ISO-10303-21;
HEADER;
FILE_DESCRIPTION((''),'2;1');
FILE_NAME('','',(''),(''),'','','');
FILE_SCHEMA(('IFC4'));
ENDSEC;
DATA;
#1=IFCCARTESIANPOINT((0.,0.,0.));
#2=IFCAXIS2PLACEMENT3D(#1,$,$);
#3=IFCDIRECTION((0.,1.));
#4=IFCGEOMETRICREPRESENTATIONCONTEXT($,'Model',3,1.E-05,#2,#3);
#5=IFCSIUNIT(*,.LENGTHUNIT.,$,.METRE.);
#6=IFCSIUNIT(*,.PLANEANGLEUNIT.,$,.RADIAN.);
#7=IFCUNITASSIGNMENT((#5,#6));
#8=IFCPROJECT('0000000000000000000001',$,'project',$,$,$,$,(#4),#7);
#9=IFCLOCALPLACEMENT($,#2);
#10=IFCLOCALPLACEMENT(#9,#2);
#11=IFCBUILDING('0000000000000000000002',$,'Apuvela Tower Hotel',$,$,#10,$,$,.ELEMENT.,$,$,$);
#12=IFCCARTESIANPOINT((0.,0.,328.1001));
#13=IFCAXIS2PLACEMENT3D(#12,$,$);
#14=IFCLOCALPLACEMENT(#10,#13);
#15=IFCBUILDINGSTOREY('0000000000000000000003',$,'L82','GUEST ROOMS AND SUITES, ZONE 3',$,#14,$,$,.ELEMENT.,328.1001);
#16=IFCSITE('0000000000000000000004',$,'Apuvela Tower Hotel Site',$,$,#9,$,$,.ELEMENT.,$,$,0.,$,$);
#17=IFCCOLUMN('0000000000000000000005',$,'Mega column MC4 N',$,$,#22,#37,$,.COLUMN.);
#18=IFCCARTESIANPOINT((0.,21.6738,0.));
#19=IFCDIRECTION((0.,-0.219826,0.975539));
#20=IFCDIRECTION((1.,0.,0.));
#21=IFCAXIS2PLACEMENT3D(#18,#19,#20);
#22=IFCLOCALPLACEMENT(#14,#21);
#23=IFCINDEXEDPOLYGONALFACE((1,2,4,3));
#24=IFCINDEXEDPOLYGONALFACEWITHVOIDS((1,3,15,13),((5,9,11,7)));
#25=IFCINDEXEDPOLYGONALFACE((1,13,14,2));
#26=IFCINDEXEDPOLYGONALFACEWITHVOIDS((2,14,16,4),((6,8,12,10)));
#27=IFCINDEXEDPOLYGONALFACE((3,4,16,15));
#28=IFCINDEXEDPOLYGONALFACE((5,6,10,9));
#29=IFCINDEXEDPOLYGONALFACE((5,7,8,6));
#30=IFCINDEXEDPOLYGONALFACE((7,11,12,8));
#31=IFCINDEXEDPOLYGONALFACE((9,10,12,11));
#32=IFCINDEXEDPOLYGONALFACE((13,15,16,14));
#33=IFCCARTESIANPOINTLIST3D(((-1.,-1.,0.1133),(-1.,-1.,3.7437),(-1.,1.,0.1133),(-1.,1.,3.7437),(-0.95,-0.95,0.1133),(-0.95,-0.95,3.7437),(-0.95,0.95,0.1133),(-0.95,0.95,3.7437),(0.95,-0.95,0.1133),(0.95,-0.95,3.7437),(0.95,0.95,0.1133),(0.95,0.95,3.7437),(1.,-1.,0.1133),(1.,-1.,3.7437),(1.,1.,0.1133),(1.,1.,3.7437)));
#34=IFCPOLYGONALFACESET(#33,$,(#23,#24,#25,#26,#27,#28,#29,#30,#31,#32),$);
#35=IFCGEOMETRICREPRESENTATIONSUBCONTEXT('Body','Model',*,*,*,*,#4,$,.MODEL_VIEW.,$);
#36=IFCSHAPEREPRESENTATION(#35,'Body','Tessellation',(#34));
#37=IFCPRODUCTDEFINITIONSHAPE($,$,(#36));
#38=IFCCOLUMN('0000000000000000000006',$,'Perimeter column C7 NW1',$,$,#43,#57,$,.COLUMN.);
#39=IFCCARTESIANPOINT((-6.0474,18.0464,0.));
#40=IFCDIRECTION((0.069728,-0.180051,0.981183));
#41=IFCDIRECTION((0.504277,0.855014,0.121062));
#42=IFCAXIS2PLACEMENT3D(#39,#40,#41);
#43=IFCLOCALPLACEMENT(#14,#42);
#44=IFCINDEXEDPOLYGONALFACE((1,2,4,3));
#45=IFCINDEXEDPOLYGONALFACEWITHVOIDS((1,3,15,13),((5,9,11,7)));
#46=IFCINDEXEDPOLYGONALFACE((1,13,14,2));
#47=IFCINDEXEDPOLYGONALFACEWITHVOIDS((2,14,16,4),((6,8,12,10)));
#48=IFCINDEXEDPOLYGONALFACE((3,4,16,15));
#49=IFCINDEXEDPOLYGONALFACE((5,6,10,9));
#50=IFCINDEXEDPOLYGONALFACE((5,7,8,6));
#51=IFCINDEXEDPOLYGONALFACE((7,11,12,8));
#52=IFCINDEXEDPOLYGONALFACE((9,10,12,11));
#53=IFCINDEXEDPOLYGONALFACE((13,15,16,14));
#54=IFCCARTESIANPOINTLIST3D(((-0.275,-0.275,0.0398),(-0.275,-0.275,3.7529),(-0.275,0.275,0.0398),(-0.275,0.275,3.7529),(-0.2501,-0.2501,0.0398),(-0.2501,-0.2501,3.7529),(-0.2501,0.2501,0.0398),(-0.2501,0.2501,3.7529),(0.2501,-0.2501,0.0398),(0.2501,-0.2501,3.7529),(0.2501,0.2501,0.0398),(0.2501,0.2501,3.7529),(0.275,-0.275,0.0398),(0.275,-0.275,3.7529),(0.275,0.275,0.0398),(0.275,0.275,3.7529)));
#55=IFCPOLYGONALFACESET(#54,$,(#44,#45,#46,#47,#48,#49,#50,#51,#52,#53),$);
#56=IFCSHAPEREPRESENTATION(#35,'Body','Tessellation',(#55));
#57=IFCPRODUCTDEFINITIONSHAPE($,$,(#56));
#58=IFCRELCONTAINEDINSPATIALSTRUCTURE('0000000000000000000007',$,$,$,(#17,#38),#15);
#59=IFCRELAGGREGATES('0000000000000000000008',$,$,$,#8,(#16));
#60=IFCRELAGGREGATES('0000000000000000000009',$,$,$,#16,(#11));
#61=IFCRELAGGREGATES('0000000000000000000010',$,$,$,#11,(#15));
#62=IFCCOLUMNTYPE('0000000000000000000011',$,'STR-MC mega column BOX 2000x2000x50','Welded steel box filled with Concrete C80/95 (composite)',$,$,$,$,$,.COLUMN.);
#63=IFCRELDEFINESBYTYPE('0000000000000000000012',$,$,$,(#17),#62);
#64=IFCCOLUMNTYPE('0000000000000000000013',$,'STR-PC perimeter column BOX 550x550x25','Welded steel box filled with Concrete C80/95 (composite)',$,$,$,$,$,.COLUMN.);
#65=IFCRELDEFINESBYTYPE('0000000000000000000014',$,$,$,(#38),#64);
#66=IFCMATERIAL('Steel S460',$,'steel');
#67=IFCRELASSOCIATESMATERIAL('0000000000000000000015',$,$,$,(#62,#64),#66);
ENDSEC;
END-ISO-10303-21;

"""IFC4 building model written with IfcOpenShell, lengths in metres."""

from ifc_helpers import new_model, si_unit, direction, frame, origin, origin_2d, place, context, subcontext, project, spatial, rectangle, hollow_rectangle, extrude, boolean, halfspace, material, material_profile, profile_set, type_object, element, save


model = new_model("IFC4")

# Units and contexts
model_context = context("Model", 3, precision=1e-05, world=origin(), true_north=direction((0.0, 1.0)))
body_context = subcontext(model_context, "Body", "Model", "MODEL_VIEW")
ifc_project = project(units=[si_unit("LENGTHUNIT", "METRE"), si_unit("PLANEANGLEUNIT", "RADIAN")], contexts=[model_context])

# Site, building, storey
site_placement = place(None, origin())
site = spatial("IfcSite", under=ifc_project, at=site_placement, Name="Apuvela Tower Hotel Site", CompositionType="ELEMENT", RefElevation=0.0)
building_placement = place(site_placement, origin())
building = spatial("IfcBuilding", under=site, at=building_placement, Name="Apuvela Tower Hotel", CompositionType="ELEMENT")
storey_placement = place(building_placement, frame((0.0, 0.0, 328.1001)))
storey = spatial("IfcBuildingStorey", under=building, at=storey_placement, Name="L82", Description="GUEST ROOMS AND SUITES, ZONE 3", CompositionType="ELEMENT", Elevation=328.1001)

# Columns
ifc_material_1 = material(Name="Steel S460", Category="steel")
ifc_material_profile_1 = material_profile(ifc_material_1, hollow_rectangle(XDim=2.0, YDim=2.0, WallThickness=0.05, at=origin_2d()), Name="BOX 2000x2000x50")
ifc_material_2 = material(Name="Concrete C80/95", Category="concrete")
ifc_material_profile_2 = material_profile(ifc_material_2, rectangle(XDim=1.8999, YDim=1.8999, at=origin_2d()), Name="Concrete C80/95 infill")
ifc_profile_set_1 = profile_set([ifc_material_profile_1, ifc_material_profile_2], Name="Steel S460")
column_type_1 = type_object("IfcColumnType", Name="STR-MC mega column BOX 2000x2000x50", Description="Welded steel box filled with Concrete C80/95 (composite)", PredefinedType="COLUMN", material=ifc_profile_set_1)
column_1_placement = place(storey_placement, frame((0.0, 21.6738, 0.0), z_axis=(0.0, -0.219826, 0.975539), x_axis=(1.0, 0.0, 0.0)))
element("IfcColumn", 1, at=column_1_placement, inside=storey, type_object=column_type_1, Name="Mega column MC4 N", PredefinedType="COLUMN", context=body_context, shape_type="SweptSolid", body=[
    boolean("DIFFERENCE", boolean("DIFFERENCE", extrude(hollow_rectangle(XDim=2.0, YDim=2.0, WallThickness=0.05, at=origin_2d()), origin(), (0.0, 0.0, 1.0), 3.7927), halfspace(frame((0.0, 0.0, 0.1133), z_axis=(0.0, 0.0, 1.0), x_axis=(1.0, 0.0, 0.0)), True)), halfspace(frame((0.0, 0.0, 3.7437), z_axis=(0.0, 0.0, 1.0), x_axis=(1.0, 0.0, 0.0)), False)),
])
ifc_material_profile_3 = material_profile(ifc_material_1, hollow_rectangle(XDim=0.55, YDim=0.55, WallThickness=0.0249, at=origin_2d()), Name="BOX 550x550x25")
ifc_material_profile_4 = material_profile(ifc_material_2, rectangle(XDim=0.5, YDim=0.5, at=origin_2d()), Name="Concrete C80/95 infill")
ifc_profile_set_2 = profile_set([ifc_material_profile_3, ifc_material_profile_4], Name="Steel S460")
column_type_2 = type_object("IfcColumnType", Name="STR-PC perimeter column BOX 550x550x25", Description="Welded steel box filled with Concrete C80/95 (composite)", PredefinedType="COLUMN", material=ifc_profile_set_2)
column_2_placement = place(storey_placement, frame((-6.0474, 18.0464, 0.0), z_axis=(0.069728, -0.180051, 0.981183), x_axis=(0.504277, 0.855014, 0.121062)))
element("IfcColumn", 2, at=column_2_placement, inside=storey, type_object=column_type_2, Name="Perimeter column C7 NW1", PredefinedType="COLUMN", context=body_context, shape_type="SweptSolid", body=[
    boolean("DIFFERENCE", boolean("DIFFERENCE", extrude(hollow_rectangle(XDim=0.55, YDim=0.55, WallThickness=0.0249, at=origin_2d()), origin(), (0.0, 0.0, 1.0), 3.771), halfspace(frame((0.0, 0.0, 0.0398), z_axis=(0.0, 0.0, 1.0), x_axis=(1.0, 0.0, 0.0)), True)), halfspace(frame((0.0, 0.0, 3.7529), z_axis=(0.0, 0.0, 1.0), x_axis=(1.0, 0.0, 0.0)), False)),
])

save(model, "model.ifc")
